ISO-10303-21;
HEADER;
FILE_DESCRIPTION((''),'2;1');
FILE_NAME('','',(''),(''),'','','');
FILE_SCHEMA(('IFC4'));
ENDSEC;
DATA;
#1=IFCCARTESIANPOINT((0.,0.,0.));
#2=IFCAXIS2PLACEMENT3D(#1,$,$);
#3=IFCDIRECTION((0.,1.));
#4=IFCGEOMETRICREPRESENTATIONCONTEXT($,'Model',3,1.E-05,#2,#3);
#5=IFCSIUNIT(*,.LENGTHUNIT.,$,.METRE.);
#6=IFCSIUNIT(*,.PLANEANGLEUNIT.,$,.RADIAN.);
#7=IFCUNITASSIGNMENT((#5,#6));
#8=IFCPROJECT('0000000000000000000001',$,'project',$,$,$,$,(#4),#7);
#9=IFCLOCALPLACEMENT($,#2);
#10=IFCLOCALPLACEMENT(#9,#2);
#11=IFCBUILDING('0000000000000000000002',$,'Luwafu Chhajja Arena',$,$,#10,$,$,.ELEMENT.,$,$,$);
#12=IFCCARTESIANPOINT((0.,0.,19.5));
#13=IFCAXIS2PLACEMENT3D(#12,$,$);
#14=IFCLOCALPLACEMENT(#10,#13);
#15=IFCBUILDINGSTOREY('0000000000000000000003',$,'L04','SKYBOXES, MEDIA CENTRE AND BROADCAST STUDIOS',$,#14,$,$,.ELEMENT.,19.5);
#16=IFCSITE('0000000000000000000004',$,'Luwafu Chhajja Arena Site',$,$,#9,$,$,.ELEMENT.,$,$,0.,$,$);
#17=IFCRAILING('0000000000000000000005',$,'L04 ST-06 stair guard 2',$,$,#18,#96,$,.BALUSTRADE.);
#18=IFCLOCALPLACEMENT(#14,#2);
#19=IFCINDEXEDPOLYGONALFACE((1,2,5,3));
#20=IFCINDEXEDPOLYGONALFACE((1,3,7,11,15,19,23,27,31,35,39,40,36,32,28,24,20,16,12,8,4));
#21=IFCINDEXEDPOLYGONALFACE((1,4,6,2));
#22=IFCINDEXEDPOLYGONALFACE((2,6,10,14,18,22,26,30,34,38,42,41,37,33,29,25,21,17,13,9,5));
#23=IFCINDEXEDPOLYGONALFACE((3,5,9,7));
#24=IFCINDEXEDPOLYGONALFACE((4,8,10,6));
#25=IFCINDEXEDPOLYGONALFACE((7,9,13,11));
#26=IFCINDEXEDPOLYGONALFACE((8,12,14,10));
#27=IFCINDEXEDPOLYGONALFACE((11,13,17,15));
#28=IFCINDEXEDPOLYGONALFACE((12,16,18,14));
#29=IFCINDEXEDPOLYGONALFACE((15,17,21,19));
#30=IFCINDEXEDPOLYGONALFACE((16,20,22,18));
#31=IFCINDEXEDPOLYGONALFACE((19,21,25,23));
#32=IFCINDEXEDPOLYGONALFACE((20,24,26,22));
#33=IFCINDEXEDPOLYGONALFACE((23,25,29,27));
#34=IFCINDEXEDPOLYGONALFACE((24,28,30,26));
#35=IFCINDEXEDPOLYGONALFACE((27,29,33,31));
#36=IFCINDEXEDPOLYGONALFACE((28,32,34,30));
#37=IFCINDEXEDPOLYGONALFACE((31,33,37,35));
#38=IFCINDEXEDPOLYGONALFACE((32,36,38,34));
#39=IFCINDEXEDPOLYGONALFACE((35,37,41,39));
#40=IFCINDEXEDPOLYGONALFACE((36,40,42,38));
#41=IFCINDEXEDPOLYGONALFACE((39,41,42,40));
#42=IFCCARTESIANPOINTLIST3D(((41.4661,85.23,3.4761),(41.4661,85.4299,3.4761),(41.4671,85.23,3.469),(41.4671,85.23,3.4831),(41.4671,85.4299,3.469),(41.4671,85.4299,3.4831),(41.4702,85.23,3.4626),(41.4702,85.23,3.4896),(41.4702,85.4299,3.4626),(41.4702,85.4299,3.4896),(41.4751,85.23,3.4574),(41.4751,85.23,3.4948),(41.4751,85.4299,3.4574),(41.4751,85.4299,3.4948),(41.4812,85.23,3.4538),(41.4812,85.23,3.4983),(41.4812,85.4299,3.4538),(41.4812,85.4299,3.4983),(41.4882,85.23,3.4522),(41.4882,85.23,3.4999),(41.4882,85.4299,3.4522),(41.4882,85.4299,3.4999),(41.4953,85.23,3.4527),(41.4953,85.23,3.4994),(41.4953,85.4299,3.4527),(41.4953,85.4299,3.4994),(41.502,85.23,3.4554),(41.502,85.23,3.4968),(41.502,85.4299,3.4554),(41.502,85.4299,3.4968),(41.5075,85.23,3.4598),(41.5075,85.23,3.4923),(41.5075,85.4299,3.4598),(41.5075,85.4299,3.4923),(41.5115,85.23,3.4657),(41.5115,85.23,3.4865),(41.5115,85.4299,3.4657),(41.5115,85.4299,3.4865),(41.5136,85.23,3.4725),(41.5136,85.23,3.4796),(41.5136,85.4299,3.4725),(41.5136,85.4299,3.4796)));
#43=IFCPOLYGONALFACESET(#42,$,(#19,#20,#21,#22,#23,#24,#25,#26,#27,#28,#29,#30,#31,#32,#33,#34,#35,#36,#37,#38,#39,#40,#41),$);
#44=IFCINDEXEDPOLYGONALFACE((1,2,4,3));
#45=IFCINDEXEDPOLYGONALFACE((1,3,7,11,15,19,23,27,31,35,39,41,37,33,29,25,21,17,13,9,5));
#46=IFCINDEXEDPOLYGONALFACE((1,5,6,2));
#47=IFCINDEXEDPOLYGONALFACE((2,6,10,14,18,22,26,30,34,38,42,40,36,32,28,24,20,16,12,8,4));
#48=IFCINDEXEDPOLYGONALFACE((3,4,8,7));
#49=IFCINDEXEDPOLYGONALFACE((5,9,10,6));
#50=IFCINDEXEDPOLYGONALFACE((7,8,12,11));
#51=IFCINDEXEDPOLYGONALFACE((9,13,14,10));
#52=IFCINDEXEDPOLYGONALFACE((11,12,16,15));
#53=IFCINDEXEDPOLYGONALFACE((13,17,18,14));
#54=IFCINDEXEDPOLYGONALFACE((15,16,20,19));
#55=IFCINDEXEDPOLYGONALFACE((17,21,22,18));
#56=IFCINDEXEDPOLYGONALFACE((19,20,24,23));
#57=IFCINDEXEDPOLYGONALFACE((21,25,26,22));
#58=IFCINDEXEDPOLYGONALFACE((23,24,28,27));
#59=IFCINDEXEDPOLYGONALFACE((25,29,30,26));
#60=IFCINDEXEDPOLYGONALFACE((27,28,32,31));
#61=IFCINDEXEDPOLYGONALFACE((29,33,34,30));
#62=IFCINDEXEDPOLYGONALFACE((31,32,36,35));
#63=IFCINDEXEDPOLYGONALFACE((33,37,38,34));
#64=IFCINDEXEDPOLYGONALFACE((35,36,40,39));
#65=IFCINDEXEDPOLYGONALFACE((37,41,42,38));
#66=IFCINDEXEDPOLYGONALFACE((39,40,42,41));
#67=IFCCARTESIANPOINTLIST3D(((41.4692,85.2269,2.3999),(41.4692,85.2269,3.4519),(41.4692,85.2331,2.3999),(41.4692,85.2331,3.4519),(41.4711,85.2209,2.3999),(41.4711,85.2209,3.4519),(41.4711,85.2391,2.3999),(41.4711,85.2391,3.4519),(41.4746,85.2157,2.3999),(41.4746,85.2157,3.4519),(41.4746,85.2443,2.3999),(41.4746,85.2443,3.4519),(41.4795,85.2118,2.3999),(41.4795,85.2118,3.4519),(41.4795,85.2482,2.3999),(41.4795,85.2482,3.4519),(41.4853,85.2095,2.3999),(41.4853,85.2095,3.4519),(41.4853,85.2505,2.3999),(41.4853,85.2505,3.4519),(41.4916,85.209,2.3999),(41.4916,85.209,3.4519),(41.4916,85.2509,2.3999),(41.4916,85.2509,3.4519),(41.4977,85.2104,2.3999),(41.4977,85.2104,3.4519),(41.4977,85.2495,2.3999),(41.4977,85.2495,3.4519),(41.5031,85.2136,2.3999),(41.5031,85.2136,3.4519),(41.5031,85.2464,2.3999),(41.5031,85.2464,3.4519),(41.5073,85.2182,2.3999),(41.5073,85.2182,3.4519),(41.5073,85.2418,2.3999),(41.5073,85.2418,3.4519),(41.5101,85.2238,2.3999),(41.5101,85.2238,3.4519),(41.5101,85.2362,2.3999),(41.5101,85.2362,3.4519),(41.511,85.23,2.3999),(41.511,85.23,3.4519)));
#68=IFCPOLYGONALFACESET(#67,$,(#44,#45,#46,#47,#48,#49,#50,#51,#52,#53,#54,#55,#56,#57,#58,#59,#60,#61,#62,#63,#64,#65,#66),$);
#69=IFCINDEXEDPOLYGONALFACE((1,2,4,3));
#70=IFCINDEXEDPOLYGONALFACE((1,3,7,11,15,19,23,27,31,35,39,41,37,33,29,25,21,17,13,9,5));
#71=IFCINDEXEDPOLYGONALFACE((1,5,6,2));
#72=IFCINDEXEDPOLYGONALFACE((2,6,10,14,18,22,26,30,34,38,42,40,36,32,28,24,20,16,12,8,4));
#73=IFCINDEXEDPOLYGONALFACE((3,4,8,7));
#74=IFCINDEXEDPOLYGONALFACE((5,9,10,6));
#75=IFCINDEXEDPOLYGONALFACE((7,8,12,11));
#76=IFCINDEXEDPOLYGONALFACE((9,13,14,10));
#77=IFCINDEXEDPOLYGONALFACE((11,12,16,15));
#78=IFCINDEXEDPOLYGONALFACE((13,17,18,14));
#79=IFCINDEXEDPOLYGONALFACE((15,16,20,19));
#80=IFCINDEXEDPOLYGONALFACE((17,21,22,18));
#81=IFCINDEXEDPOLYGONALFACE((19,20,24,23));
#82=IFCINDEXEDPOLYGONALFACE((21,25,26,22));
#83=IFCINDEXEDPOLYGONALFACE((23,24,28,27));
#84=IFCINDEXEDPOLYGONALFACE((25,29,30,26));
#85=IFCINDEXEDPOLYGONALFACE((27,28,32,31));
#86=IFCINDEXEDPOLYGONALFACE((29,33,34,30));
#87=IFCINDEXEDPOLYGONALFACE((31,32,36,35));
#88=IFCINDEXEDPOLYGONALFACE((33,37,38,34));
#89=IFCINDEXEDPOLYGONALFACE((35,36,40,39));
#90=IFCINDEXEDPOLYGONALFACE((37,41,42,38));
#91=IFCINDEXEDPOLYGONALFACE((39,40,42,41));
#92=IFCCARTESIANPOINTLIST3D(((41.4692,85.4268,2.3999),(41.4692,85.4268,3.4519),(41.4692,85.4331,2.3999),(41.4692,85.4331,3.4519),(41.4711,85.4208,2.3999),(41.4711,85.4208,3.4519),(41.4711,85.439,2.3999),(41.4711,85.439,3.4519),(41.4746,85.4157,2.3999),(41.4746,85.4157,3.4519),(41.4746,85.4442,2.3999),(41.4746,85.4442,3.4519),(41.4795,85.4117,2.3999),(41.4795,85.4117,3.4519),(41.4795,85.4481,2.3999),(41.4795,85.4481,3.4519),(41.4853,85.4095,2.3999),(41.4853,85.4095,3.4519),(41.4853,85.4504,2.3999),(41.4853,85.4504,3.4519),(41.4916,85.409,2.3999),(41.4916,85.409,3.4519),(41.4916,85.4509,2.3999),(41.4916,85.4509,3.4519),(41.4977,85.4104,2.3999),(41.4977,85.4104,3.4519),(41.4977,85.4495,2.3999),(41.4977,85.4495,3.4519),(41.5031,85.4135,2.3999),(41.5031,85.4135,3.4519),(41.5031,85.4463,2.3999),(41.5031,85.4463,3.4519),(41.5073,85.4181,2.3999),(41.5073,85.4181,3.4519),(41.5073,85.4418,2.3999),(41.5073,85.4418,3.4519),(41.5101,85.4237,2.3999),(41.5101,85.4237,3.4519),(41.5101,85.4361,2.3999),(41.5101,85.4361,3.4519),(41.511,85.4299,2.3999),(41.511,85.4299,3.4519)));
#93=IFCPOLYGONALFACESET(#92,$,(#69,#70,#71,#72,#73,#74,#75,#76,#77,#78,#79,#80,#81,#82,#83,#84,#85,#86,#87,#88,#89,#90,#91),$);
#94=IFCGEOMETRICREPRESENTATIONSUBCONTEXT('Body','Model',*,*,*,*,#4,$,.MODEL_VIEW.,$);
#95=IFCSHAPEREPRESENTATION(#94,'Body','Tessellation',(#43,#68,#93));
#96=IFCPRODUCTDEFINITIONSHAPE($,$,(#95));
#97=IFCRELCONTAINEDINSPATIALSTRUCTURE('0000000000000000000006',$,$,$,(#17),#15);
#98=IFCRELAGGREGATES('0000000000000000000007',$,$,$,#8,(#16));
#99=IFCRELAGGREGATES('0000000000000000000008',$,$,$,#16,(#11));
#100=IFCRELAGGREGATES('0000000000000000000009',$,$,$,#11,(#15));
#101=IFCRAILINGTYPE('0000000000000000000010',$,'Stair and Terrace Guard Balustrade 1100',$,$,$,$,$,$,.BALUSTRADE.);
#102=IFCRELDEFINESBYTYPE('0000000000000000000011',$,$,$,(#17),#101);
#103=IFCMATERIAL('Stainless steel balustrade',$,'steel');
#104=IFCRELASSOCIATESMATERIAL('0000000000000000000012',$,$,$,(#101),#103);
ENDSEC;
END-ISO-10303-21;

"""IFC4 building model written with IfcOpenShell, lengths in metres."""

from ifc_helpers import new_model, si_unit, direction, frame, origin, origin_2d, place, context, subcontext, project, spatial, circle, extrude, material, type_object, element, save


model = new_model("IFC4")

# Units and contexts
model_context = context("Model", 3, precision=1e-05, world=origin(), true_north=direction((0.0, 1.0)))
body_context = subcontext(model_context, "Body", "Model", "MODEL_VIEW")
ifc_project = project(units=[si_unit("LENGTHUNIT", "METRE"), si_unit("PLANEANGLEUNIT", "RADIAN")], contexts=[model_context])

# Site, building, storey
site_placement = place(None, origin())
site = spatial("IfcSite", under=ifc_project, at=site_placement, Name="Luwafu Chhajja Arena Site", CompositionType="ELEMENT", RefElevation=0.0)
building_placement = place(site_placement, origin())
building = spatial("IfcBuilding", under=site, at=building_placement, Name="Luwafu Chhajja Arena", CompositionType="ELEMENT")
storey_placement = place(building_placement, frame((0.0, 0.0, 19.5)))
storey = spatial("IfcBuildingStorey", under=building, at=storey_placement, Name="L04", Description="SKYBOXES, MEDIA CENTRE AND BROADCAST STUDIOS", CompositionType="ELEMENT", Elevation=19.5)

# Railing
ifc_material_1 = material(Name="Stainless steel balustrade", Category="steel")
railing_type_1 = type_object("IfcRailingType", Name="Stair and Terrace Guard Balustrade 1100", PredefinedType="BALUSTRADE", material=ifc_material_1)
railing_1_placement = place(storey_placement, frame((41.49, 85.23, 2.3999)))
element("IfcRailing", 1, at=railing_1_placement, inside=storey, type_object=railing_type_1, Name="L04 ST-06 stair guard 2", PredefinedType="BALUSTRADE", context=body_context, shape_type="SweptSolid", body=[
    extrude(circle(Radius=0.0239, at=origin_2d()), frame((0.0, 0.0, 1.0762), z_axis=(0.0, 1.0, 0.0), x_axis=(-1.0, 0.0, 0.0)), (0.0, 0.0, 1.0), 0.2),
    extrude(circle(Radius=0.021, at=origin_2d()), origin(), (0.0, 0.0, 1.0), 1.052),
    extrude(circle(Radius=0.021, at=origin_2d()), frame((0.0, 0.2, 0.0)), (0.0, 0.0, 1.0), 1.052),
])

save(model, "model.ifc")
